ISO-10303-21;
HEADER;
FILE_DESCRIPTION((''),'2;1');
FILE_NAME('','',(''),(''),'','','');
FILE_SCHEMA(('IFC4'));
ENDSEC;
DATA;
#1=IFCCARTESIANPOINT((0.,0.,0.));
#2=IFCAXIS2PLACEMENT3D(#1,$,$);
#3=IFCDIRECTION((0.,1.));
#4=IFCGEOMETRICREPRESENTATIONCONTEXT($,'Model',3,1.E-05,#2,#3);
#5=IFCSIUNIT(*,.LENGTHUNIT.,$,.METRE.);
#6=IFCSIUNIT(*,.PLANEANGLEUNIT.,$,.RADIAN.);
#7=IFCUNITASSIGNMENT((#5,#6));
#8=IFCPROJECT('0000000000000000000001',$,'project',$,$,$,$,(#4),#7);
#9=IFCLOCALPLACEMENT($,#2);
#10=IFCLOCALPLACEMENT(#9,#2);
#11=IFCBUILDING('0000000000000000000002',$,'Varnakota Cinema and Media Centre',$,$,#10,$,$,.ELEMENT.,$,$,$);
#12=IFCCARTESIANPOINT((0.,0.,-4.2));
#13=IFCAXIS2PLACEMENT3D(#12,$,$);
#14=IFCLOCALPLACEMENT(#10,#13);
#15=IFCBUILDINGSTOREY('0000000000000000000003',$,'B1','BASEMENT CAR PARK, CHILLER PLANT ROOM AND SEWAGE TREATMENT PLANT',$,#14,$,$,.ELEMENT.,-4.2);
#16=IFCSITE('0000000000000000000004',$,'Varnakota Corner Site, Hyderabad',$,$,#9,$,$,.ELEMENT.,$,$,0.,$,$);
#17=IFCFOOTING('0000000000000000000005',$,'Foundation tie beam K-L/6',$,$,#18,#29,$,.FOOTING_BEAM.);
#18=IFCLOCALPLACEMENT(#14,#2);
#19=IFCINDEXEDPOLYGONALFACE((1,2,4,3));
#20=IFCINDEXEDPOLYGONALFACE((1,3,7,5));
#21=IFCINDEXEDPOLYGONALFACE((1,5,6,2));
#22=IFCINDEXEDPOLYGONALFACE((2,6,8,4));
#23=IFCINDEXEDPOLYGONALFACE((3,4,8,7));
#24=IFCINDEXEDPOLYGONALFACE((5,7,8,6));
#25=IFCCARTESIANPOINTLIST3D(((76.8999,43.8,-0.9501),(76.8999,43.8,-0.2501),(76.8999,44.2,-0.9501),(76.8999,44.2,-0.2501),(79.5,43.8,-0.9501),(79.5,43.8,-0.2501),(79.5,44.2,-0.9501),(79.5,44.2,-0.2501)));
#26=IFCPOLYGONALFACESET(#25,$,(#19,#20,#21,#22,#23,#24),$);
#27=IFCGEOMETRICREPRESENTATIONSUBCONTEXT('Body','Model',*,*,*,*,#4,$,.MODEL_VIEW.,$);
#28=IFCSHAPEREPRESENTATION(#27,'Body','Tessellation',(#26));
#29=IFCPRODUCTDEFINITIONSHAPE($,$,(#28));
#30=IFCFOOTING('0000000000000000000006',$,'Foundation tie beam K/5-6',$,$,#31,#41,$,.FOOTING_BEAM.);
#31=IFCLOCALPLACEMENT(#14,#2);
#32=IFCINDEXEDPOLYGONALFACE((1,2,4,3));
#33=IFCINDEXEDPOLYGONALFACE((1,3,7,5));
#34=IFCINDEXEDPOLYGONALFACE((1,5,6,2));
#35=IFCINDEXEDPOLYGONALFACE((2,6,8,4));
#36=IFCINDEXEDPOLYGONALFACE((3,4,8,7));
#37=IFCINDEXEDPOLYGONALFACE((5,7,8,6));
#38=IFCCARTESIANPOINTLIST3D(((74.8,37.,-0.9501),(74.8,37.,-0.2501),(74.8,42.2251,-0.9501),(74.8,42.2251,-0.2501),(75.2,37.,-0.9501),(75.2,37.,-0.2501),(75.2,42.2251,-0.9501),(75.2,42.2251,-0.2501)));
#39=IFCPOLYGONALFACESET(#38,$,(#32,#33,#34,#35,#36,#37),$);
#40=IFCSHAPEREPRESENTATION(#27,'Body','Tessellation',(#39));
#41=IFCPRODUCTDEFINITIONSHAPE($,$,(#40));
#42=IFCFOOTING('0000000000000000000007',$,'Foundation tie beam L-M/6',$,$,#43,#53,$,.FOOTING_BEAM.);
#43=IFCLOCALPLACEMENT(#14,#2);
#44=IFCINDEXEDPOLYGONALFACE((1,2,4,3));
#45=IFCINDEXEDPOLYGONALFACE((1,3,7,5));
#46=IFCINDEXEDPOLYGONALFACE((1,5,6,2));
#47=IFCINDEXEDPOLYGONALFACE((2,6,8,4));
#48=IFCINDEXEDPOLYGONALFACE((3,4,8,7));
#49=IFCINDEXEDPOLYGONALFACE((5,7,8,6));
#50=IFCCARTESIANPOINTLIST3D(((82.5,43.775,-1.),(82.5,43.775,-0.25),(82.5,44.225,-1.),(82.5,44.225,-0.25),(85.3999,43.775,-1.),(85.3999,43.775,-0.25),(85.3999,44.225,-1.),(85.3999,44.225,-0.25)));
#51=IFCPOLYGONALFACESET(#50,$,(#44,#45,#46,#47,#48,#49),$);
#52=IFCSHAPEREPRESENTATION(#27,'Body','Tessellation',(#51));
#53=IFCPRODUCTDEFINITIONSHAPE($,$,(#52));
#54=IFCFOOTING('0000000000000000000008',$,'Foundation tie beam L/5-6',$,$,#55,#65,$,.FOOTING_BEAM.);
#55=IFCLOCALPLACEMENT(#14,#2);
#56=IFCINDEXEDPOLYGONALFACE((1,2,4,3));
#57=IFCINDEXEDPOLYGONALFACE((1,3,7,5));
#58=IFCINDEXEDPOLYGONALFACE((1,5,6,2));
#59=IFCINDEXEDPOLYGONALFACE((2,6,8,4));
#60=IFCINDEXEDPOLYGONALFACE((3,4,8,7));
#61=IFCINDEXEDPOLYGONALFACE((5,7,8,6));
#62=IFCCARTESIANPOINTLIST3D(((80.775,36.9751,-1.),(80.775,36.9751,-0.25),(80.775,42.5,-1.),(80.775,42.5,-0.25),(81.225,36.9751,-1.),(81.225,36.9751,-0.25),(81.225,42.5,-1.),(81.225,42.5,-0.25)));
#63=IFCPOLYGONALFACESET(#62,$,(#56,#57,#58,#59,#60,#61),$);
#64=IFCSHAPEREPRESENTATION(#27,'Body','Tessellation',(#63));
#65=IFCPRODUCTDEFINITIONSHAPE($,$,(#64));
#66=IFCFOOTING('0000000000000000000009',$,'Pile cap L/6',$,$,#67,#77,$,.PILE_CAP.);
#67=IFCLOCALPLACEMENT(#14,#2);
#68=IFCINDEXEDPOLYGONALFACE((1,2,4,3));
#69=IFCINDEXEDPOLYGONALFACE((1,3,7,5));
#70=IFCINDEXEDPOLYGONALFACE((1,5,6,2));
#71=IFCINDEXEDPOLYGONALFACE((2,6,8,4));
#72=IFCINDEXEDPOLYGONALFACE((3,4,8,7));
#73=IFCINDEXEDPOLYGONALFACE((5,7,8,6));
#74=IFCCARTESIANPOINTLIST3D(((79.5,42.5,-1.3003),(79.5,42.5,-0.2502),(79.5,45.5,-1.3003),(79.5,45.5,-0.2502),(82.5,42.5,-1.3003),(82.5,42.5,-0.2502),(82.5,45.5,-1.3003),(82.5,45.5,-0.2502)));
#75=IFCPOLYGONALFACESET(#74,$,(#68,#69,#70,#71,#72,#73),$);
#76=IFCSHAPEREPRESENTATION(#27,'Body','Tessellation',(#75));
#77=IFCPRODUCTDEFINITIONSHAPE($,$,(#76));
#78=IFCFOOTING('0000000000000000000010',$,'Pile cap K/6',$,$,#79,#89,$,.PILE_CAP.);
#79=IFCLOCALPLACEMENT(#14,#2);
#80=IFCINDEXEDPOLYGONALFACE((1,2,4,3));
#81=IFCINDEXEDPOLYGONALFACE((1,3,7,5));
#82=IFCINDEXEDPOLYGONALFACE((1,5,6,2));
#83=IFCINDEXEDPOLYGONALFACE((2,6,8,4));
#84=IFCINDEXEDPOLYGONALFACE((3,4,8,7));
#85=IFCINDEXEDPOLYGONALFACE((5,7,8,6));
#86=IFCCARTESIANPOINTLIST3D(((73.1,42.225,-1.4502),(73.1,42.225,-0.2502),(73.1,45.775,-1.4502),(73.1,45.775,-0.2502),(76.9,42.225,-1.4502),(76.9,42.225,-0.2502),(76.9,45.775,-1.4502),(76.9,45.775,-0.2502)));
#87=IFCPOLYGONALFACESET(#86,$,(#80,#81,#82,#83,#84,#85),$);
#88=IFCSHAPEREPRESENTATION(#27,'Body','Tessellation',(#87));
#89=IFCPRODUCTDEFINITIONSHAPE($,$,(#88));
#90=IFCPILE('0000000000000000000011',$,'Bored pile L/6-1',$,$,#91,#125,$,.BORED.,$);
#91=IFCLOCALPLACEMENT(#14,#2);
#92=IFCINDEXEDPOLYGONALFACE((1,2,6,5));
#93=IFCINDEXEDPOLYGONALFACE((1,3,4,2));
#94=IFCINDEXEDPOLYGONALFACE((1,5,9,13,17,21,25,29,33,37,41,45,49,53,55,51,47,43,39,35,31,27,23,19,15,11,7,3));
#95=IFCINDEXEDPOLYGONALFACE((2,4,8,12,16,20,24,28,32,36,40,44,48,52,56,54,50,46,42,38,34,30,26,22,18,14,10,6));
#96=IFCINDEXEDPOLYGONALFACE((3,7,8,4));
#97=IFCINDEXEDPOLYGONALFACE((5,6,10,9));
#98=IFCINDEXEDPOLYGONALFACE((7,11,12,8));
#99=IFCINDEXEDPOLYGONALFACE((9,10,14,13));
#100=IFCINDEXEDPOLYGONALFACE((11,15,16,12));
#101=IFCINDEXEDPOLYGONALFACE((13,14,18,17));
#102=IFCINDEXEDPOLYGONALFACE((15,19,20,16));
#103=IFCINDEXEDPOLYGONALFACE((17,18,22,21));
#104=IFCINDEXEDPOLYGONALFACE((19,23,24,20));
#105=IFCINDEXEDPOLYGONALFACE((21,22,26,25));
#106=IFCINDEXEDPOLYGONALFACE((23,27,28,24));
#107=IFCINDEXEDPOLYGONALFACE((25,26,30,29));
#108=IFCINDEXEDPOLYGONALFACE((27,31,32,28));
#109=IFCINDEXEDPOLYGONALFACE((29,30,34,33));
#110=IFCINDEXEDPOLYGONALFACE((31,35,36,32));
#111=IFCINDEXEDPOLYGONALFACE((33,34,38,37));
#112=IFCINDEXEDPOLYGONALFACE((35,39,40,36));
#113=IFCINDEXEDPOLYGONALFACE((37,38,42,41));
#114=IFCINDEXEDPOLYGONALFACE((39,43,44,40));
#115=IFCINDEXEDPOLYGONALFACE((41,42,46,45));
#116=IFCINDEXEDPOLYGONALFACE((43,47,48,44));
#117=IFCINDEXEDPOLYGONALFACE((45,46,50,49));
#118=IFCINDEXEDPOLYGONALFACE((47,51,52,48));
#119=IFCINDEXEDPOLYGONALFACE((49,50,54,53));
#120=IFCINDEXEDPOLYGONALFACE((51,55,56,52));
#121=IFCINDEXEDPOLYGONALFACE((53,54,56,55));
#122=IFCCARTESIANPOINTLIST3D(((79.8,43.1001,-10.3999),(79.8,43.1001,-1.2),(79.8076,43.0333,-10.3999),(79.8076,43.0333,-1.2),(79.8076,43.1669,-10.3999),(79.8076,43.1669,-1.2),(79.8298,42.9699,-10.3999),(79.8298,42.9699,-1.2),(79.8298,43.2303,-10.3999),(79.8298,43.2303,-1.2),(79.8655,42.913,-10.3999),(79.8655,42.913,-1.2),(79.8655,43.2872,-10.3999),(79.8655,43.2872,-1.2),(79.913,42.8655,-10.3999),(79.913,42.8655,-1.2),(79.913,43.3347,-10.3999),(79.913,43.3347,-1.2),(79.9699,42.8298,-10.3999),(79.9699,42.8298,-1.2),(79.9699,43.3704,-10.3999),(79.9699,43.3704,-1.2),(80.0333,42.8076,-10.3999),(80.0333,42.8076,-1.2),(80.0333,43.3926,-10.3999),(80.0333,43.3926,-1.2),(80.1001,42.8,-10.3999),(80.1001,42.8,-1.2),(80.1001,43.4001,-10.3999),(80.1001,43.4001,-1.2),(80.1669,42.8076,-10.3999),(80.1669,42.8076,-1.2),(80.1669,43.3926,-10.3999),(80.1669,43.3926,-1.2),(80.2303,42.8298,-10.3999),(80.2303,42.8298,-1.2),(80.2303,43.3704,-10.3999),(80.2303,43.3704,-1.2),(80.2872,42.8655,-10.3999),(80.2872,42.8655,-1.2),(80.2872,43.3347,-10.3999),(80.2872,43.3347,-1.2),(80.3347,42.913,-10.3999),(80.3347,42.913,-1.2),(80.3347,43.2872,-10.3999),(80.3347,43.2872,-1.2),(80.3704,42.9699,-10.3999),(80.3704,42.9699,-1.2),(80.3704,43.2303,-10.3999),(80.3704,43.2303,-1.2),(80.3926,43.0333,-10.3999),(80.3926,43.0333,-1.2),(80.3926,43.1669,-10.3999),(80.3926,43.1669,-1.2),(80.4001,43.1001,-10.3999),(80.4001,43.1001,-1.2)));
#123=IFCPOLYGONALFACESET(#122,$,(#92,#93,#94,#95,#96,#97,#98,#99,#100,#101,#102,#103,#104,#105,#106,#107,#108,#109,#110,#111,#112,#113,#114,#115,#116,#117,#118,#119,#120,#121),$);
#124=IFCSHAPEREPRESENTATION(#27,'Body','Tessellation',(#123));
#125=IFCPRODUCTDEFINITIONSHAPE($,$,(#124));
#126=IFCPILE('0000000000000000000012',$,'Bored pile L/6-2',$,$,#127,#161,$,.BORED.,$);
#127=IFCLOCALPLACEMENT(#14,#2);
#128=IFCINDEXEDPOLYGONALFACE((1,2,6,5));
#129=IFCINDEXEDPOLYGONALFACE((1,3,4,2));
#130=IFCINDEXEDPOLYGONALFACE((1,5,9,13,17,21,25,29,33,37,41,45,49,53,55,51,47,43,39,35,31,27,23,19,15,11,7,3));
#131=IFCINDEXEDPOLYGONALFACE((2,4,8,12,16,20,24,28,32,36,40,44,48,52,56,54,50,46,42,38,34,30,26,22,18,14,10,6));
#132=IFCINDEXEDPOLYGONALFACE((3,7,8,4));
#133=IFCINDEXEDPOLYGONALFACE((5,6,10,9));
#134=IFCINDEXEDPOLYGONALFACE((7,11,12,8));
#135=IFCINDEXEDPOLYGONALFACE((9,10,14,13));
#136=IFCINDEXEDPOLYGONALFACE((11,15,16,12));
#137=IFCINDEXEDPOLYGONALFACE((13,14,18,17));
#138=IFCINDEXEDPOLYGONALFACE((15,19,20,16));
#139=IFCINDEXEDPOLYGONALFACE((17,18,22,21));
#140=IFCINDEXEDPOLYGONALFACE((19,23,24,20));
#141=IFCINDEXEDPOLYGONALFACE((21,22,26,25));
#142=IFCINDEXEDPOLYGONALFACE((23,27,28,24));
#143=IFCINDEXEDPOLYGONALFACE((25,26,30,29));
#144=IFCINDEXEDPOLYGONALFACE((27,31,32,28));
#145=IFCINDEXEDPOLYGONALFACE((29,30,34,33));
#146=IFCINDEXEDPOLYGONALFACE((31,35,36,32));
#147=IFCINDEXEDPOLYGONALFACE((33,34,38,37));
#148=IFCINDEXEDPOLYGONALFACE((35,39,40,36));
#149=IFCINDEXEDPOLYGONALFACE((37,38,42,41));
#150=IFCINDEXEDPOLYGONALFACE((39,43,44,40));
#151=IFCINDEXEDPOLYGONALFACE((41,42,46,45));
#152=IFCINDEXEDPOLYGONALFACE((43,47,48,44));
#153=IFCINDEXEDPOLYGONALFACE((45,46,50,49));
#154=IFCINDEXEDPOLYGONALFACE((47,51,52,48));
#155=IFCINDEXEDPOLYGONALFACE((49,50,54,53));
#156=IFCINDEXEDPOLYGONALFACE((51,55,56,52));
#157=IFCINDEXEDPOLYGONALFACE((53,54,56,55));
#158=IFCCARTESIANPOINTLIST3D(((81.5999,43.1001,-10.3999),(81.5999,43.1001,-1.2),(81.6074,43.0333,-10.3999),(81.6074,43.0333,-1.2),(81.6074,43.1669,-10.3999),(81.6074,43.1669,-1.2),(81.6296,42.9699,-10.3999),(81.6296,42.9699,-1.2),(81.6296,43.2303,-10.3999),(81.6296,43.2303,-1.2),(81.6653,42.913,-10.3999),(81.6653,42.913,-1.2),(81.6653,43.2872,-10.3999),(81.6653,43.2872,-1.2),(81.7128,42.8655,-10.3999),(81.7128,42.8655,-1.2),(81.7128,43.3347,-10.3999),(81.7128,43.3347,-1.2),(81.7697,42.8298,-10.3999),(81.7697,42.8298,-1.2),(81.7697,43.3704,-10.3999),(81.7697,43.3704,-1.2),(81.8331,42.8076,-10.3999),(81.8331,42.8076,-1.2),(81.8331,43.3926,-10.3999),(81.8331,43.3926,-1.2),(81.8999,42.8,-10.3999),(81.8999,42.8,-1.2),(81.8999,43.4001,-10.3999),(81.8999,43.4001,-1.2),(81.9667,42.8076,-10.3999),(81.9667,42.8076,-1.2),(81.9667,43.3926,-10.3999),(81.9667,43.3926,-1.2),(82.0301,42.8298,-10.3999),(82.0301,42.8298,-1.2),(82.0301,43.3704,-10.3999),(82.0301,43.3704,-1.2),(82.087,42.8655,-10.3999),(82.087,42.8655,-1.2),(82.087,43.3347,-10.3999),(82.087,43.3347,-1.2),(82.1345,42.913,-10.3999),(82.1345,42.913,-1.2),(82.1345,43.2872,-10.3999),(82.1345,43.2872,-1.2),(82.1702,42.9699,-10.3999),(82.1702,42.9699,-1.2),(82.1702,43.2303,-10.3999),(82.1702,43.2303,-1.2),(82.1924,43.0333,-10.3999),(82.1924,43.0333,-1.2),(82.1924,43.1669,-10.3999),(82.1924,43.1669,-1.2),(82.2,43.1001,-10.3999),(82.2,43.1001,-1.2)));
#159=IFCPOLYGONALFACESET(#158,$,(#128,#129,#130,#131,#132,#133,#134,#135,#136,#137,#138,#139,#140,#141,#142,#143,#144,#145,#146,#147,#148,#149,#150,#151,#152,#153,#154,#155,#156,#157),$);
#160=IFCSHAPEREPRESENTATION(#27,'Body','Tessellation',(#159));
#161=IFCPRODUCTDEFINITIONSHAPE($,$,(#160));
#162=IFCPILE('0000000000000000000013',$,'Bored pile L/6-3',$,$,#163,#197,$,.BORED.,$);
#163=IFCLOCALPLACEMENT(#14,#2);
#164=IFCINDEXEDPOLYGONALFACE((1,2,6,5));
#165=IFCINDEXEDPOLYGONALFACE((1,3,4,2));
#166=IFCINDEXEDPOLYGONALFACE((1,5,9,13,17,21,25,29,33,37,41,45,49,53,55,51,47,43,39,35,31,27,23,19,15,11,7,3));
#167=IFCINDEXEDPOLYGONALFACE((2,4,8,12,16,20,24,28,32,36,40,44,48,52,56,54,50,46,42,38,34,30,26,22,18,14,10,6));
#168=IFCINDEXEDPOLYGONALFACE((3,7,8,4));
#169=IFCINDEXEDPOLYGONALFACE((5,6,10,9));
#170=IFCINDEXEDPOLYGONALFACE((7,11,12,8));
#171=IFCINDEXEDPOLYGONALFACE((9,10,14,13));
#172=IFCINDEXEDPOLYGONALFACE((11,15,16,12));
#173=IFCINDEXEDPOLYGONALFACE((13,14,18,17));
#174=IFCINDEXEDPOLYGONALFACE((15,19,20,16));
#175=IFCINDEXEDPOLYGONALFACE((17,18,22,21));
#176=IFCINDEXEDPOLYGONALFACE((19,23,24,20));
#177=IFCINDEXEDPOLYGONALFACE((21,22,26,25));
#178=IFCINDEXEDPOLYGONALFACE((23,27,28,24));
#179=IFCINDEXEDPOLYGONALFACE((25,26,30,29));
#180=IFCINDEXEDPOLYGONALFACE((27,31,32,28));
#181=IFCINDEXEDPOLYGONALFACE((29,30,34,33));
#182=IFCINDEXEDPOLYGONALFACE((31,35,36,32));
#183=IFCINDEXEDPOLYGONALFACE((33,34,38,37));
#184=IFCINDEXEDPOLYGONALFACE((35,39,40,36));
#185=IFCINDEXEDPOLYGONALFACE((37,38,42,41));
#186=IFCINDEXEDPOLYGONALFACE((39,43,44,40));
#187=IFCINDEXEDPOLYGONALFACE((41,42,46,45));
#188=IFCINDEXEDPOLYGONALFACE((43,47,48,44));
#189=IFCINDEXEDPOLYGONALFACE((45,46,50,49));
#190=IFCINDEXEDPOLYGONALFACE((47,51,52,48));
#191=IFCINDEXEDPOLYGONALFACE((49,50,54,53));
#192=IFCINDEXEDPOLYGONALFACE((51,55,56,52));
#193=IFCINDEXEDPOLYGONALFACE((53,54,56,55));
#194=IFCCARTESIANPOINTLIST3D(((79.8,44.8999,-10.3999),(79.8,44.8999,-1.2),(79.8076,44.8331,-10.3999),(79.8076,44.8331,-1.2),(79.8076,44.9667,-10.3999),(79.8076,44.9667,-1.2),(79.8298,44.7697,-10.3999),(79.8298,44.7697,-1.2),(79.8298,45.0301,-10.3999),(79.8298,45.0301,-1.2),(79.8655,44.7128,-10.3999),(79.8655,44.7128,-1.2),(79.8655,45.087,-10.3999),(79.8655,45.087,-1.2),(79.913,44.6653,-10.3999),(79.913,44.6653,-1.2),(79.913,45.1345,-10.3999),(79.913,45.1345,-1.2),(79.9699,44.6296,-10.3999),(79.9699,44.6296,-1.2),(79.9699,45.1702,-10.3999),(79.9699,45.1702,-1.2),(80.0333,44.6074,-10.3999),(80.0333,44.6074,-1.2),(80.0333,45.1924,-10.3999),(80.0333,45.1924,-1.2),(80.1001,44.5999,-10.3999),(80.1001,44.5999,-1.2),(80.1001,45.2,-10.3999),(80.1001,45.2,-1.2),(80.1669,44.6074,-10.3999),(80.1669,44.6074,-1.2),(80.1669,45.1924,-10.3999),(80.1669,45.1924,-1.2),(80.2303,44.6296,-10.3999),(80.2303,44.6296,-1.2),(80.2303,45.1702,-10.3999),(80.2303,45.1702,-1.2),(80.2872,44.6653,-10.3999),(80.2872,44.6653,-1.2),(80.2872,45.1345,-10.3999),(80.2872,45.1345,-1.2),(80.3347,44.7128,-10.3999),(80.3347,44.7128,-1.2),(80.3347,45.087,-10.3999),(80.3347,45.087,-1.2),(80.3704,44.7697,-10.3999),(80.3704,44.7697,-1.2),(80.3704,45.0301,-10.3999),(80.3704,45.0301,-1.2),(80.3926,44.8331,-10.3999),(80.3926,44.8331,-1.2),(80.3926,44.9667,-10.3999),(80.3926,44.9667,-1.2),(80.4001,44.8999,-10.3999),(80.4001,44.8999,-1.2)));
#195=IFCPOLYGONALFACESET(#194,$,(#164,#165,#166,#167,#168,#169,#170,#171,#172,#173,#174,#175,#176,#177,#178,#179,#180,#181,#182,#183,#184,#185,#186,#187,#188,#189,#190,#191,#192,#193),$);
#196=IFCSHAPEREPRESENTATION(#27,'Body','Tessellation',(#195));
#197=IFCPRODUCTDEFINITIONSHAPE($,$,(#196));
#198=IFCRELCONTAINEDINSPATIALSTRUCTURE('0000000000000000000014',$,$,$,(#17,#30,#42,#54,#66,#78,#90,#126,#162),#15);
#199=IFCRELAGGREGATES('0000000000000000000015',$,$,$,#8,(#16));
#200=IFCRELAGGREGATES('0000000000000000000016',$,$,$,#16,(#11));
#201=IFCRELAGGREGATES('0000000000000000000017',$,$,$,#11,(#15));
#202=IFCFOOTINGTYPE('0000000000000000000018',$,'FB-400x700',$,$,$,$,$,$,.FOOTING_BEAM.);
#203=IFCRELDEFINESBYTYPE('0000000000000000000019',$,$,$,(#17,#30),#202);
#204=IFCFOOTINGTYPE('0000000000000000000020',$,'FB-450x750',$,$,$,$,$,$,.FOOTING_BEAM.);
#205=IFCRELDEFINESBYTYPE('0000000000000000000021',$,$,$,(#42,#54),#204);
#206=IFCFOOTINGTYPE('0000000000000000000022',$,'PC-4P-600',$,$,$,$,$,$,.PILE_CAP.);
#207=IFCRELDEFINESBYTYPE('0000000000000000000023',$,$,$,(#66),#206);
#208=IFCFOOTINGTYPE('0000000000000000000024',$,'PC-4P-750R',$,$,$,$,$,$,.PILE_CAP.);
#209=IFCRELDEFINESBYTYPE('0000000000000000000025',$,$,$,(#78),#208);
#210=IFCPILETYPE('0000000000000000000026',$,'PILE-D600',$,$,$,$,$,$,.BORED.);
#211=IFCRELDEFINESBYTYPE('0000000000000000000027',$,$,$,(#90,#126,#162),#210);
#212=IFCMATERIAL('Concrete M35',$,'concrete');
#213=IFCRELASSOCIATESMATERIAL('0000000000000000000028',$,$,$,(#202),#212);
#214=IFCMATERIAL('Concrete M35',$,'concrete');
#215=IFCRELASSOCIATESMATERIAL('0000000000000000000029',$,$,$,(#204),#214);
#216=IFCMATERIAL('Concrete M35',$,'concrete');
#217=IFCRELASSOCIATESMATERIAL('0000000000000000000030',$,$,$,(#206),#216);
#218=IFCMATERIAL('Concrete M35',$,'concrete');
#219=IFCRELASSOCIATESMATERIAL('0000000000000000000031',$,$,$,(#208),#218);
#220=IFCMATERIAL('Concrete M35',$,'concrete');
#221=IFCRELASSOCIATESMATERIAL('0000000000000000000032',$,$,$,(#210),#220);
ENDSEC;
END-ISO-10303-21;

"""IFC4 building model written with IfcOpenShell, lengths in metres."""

from ifc_helpers import new_model, si_unit, direction, frame, origin, origin_2d, place, context, subcontext, project, spatial, rectangle, circle, extrude, material, material_profile, profile_set, type_object, element, save


model = new_model("IFC4")

# Units and contexts
model_context = context("Model", 3, precision=1e-05, world=origin(), true_north=direction((0.0, 1.0)))
body_context = subcontext(model_context, "Body", "Model", "MODEL_VIEW")
ifc_project = project(units=[si_unit("LENGTHUNIT", "METRE"), si_unit("PLANEANGLEUNIT", "RADIAN")], contexts=[model_context])

# Site, building, storey
site_placement = place(None, origin())
site = spatial("IfcSite", under=ifc_project, at=site_placement, Name="Varnakota Corner Site, Hyderabad", CompositionType="ELEMENT", RefElevation=0.0)
building_placement = place(site_placement, origin())
building = spatial("IfcBuilding", under=site, at=building_placement, Name="Varnakota Cinema and Media Centre", CompositionType="ELEMENT")
storey_placement = place(building_placement, frame((0.0, 0.0, -4.2)))
storey = spatial("IfcBuildingStorey", under=building, at=storey_placement, Name="B1", Description="BASEMENT CAR PARK, CHILLER PLANT ROOM AND SEWAGE TREATMENT PLANT", CompositionType="ELEMENT", Elevation=-4.2)

# Footings
ifc_material_1 = material(Name="Concrete M35", Category="concrete")
ifc_material_profile_1 = material_profile(ifc_material_1, rectangle(XDim=0.3999, YDim=0.7, at=origin_2d()), Name="FB 400x700")
ifc_profile_set_1 = profile_set([ifc_material_profile_1], Name="Concrete M35")
footing_type_1 = type_object("IfcFootingType", Name="FB-400x700", PredefinedType="FOOTING_BEAM", material=ifc_profile_set_1)
footing_1_placement = place(storey_placement, frame((76.8999, 44.0, -0.6001), z_axis=(1.0, 0.0, 0.0), x_axis=(0.0, 1.0, 0.0)))
element("IfcFooting", 1, at=footing_1_placement, inside=storey, type_object=footing_type_1, Name="Foundation tie beam K-L/6", PredefinedType="FOOTING_BEAM", context=body_context, shape_type="SweptSolid", body=[
    extrude(rectangle(XDim=0.3999, YDim=0.7, at=origin_2d()), origin(), (0.0, 0.0, 1.0), 2.6001),
])
footing_2_placement = place(storey_placement, frame((75.0, 37.0, -0.6001), z_axis=(0.0, 1.0, 0.0), x_axis=(-1.0, 0.0, 0.0)))
element("IfcFooting", 2, at=footing_2_placement, inside=storey, type_object=footing_type_1, Name="Foundation tie beam K/5-6", PredefinedType="FOOTING_BEAM", context=body_context, shape_type="SweptSolid", body=[
    extrude(rectangle(XDim=0.3999, YDim=0.7, at=origin_2d()), origin(), (0.0, 0.0, 1.0), 5.2251),
])
ifc_material_2 = material(Name="Concrete M35", Category="concrete")
ifc_material_profile_2 = material_profile(ifc_material_2, rectangle(XDim=0.45, YDim=0.75, at=origin_2d()), Name="FB 450x750")
ifc_profile_set_2 = profile_set([ifc_material_profile_2], Name="Concrete M35")
footing_type_2 = type_object("IfcFootingType", Name="FB-450x750", PredefinedType="FOOTING_BEAM", material=ifc_profile_set_2)
footing_3_placement = place(storey_placement, frame((82.5, 44.0, -0.625), z_axis=(1.0, 0.0, 0.0), x_axis=(0.0, 1.0, 0.0)))
element("IfcFooting", 3, at=footing_3_placement, inside=storey, type_object=footing_type_2, Name="Foundation tie beam L-M/6", PredefinedType="FOOTING_BEAM", context=body_context, shape_type="SweptSolid", body=[
    extrude(rectangle(XDim=0.45, YDim=0.75, at=origin_2d()), origin(), (0.0, 0.0, 1.0), 2.8999),
])
footing_4_placement = place(storey_placement, frame((81.0, 36.9751, -0.625), z_axis=(0.0, 1.0, 0.0), x_axis=(-1.0, 0.0, 0.0)))
element("IfcFooting", 4, at=footing_4_placement, inside=storey, type_object=footing_type_2, Name="Foundation tie beam L/5-6", PredefinedType="FOOTING_BEAM", context=body_context, shape_type="SweptSolid", body=[
    extrude(rectangle(XDim=0.45, YDim=0.75, at=origin_2d()), origin(), (0.0, 0.0, 1.0), 5.5249),
])
ifc_material_3 = material(Name="Concrete M35", Category="concrete")
footing_type_3 = type_object("IfcFootingType", Name="PC-4P-600", PredefinedType="PILE_CAP", material=ifc_material_3)
footing_5_placement = place(storey_placement, frame((81.0, 44.0, -1.3003), z_axis=(0.0, 0.0, 1.0), x_axis=(1.0, 0.0, 0.0)))
element("IfcFooting", 5, at=footing_5_placement, inside=storey, type_object=footing_type_3, Name="Pile cap L/6", PredefinedType="PILE_CAP", context=body_context, shape_type="SweptSolid", body=[
    extrude(rectangle(XDim=3.0, YDim=3.0, at=origin_2d()), origin(), (0.0, 0.0, 1.0), 1.05),
])
ifc_material_4 = material(Name="Concrete M35", Category="concrete")
footing_type_4 = type_object("IfcFootingType", Name="PC-4P-750R", PredefinedType="PILE_CAP", material=ifc_material_4)
footing_6_placement = place(storey_placement, frame((75.0, 44.0, -1.4502), z_axis=(0.0, 0.0, 1.0), x_axis=(1.0, 0.0, 0.0)))
element("IfcFooting", 6, at=footing_6_placement, inside=storey, type_object=footing_type_4, Name="Pile cap K/6", PredefinedType="PILE_CAP", context=body_context, shape_type="SweptSolid", body=[
    extrude(rectangle(XDim=3.8, YDim=3.55, at=origin_2d()), origin(), (0.0, 0.0, 1.0), 1.2),
])

# Piles
ifc_material_5 = material(Name="Concrete M35", Category="concrete")
ifc_material_profile_3 = material_profile(ifc_material_5, circle(Radius=0.3, at=origin_2d()), Name="PILE D600")
ifc_profile_set_3 = profile_set([ifc_material_profile_3], Name="Concrete M35")
pile_type_1 = type_object("IfcPileType", Name="PILE-D600", PredefinedType="BORED", material=ifc_profile_set_3)
for number, where, z_axis, x_axis, name in (
    (7, (80.1001, 43.1001, -1.2), (0.0, 0.0, -1.0), (1.0, 0.0, 0.0), "Bored pile L/6-1"),
    (8, (81.8999, 43.1001, -1.2), (0.0, 0.0, -1.0), (1.0, 0.0, 0.0), "Bored pile L/6-2"),
    (9, (80.1001, 44.8999, -1.2), (0.0, 0.0, -1.0), (1.0, 0.0, 0.0), "Bored pile L/6-3"),
):
    element("IfcPile", number, at=place(storey_placement, frame(where, z_axis=z_axis, x_axis=x_axis)), inside=storey, type_object=pile_type_1, Name=name, PredefinedType="BORED", context=body_context, shape_type="SweptSolid", body=[
        extrude(circle(Radius=0.3, at=origin_2d()), origin(), (0.0, 0.0, 1.0), 9.2),
    ])

save(model, "model.ifc")
